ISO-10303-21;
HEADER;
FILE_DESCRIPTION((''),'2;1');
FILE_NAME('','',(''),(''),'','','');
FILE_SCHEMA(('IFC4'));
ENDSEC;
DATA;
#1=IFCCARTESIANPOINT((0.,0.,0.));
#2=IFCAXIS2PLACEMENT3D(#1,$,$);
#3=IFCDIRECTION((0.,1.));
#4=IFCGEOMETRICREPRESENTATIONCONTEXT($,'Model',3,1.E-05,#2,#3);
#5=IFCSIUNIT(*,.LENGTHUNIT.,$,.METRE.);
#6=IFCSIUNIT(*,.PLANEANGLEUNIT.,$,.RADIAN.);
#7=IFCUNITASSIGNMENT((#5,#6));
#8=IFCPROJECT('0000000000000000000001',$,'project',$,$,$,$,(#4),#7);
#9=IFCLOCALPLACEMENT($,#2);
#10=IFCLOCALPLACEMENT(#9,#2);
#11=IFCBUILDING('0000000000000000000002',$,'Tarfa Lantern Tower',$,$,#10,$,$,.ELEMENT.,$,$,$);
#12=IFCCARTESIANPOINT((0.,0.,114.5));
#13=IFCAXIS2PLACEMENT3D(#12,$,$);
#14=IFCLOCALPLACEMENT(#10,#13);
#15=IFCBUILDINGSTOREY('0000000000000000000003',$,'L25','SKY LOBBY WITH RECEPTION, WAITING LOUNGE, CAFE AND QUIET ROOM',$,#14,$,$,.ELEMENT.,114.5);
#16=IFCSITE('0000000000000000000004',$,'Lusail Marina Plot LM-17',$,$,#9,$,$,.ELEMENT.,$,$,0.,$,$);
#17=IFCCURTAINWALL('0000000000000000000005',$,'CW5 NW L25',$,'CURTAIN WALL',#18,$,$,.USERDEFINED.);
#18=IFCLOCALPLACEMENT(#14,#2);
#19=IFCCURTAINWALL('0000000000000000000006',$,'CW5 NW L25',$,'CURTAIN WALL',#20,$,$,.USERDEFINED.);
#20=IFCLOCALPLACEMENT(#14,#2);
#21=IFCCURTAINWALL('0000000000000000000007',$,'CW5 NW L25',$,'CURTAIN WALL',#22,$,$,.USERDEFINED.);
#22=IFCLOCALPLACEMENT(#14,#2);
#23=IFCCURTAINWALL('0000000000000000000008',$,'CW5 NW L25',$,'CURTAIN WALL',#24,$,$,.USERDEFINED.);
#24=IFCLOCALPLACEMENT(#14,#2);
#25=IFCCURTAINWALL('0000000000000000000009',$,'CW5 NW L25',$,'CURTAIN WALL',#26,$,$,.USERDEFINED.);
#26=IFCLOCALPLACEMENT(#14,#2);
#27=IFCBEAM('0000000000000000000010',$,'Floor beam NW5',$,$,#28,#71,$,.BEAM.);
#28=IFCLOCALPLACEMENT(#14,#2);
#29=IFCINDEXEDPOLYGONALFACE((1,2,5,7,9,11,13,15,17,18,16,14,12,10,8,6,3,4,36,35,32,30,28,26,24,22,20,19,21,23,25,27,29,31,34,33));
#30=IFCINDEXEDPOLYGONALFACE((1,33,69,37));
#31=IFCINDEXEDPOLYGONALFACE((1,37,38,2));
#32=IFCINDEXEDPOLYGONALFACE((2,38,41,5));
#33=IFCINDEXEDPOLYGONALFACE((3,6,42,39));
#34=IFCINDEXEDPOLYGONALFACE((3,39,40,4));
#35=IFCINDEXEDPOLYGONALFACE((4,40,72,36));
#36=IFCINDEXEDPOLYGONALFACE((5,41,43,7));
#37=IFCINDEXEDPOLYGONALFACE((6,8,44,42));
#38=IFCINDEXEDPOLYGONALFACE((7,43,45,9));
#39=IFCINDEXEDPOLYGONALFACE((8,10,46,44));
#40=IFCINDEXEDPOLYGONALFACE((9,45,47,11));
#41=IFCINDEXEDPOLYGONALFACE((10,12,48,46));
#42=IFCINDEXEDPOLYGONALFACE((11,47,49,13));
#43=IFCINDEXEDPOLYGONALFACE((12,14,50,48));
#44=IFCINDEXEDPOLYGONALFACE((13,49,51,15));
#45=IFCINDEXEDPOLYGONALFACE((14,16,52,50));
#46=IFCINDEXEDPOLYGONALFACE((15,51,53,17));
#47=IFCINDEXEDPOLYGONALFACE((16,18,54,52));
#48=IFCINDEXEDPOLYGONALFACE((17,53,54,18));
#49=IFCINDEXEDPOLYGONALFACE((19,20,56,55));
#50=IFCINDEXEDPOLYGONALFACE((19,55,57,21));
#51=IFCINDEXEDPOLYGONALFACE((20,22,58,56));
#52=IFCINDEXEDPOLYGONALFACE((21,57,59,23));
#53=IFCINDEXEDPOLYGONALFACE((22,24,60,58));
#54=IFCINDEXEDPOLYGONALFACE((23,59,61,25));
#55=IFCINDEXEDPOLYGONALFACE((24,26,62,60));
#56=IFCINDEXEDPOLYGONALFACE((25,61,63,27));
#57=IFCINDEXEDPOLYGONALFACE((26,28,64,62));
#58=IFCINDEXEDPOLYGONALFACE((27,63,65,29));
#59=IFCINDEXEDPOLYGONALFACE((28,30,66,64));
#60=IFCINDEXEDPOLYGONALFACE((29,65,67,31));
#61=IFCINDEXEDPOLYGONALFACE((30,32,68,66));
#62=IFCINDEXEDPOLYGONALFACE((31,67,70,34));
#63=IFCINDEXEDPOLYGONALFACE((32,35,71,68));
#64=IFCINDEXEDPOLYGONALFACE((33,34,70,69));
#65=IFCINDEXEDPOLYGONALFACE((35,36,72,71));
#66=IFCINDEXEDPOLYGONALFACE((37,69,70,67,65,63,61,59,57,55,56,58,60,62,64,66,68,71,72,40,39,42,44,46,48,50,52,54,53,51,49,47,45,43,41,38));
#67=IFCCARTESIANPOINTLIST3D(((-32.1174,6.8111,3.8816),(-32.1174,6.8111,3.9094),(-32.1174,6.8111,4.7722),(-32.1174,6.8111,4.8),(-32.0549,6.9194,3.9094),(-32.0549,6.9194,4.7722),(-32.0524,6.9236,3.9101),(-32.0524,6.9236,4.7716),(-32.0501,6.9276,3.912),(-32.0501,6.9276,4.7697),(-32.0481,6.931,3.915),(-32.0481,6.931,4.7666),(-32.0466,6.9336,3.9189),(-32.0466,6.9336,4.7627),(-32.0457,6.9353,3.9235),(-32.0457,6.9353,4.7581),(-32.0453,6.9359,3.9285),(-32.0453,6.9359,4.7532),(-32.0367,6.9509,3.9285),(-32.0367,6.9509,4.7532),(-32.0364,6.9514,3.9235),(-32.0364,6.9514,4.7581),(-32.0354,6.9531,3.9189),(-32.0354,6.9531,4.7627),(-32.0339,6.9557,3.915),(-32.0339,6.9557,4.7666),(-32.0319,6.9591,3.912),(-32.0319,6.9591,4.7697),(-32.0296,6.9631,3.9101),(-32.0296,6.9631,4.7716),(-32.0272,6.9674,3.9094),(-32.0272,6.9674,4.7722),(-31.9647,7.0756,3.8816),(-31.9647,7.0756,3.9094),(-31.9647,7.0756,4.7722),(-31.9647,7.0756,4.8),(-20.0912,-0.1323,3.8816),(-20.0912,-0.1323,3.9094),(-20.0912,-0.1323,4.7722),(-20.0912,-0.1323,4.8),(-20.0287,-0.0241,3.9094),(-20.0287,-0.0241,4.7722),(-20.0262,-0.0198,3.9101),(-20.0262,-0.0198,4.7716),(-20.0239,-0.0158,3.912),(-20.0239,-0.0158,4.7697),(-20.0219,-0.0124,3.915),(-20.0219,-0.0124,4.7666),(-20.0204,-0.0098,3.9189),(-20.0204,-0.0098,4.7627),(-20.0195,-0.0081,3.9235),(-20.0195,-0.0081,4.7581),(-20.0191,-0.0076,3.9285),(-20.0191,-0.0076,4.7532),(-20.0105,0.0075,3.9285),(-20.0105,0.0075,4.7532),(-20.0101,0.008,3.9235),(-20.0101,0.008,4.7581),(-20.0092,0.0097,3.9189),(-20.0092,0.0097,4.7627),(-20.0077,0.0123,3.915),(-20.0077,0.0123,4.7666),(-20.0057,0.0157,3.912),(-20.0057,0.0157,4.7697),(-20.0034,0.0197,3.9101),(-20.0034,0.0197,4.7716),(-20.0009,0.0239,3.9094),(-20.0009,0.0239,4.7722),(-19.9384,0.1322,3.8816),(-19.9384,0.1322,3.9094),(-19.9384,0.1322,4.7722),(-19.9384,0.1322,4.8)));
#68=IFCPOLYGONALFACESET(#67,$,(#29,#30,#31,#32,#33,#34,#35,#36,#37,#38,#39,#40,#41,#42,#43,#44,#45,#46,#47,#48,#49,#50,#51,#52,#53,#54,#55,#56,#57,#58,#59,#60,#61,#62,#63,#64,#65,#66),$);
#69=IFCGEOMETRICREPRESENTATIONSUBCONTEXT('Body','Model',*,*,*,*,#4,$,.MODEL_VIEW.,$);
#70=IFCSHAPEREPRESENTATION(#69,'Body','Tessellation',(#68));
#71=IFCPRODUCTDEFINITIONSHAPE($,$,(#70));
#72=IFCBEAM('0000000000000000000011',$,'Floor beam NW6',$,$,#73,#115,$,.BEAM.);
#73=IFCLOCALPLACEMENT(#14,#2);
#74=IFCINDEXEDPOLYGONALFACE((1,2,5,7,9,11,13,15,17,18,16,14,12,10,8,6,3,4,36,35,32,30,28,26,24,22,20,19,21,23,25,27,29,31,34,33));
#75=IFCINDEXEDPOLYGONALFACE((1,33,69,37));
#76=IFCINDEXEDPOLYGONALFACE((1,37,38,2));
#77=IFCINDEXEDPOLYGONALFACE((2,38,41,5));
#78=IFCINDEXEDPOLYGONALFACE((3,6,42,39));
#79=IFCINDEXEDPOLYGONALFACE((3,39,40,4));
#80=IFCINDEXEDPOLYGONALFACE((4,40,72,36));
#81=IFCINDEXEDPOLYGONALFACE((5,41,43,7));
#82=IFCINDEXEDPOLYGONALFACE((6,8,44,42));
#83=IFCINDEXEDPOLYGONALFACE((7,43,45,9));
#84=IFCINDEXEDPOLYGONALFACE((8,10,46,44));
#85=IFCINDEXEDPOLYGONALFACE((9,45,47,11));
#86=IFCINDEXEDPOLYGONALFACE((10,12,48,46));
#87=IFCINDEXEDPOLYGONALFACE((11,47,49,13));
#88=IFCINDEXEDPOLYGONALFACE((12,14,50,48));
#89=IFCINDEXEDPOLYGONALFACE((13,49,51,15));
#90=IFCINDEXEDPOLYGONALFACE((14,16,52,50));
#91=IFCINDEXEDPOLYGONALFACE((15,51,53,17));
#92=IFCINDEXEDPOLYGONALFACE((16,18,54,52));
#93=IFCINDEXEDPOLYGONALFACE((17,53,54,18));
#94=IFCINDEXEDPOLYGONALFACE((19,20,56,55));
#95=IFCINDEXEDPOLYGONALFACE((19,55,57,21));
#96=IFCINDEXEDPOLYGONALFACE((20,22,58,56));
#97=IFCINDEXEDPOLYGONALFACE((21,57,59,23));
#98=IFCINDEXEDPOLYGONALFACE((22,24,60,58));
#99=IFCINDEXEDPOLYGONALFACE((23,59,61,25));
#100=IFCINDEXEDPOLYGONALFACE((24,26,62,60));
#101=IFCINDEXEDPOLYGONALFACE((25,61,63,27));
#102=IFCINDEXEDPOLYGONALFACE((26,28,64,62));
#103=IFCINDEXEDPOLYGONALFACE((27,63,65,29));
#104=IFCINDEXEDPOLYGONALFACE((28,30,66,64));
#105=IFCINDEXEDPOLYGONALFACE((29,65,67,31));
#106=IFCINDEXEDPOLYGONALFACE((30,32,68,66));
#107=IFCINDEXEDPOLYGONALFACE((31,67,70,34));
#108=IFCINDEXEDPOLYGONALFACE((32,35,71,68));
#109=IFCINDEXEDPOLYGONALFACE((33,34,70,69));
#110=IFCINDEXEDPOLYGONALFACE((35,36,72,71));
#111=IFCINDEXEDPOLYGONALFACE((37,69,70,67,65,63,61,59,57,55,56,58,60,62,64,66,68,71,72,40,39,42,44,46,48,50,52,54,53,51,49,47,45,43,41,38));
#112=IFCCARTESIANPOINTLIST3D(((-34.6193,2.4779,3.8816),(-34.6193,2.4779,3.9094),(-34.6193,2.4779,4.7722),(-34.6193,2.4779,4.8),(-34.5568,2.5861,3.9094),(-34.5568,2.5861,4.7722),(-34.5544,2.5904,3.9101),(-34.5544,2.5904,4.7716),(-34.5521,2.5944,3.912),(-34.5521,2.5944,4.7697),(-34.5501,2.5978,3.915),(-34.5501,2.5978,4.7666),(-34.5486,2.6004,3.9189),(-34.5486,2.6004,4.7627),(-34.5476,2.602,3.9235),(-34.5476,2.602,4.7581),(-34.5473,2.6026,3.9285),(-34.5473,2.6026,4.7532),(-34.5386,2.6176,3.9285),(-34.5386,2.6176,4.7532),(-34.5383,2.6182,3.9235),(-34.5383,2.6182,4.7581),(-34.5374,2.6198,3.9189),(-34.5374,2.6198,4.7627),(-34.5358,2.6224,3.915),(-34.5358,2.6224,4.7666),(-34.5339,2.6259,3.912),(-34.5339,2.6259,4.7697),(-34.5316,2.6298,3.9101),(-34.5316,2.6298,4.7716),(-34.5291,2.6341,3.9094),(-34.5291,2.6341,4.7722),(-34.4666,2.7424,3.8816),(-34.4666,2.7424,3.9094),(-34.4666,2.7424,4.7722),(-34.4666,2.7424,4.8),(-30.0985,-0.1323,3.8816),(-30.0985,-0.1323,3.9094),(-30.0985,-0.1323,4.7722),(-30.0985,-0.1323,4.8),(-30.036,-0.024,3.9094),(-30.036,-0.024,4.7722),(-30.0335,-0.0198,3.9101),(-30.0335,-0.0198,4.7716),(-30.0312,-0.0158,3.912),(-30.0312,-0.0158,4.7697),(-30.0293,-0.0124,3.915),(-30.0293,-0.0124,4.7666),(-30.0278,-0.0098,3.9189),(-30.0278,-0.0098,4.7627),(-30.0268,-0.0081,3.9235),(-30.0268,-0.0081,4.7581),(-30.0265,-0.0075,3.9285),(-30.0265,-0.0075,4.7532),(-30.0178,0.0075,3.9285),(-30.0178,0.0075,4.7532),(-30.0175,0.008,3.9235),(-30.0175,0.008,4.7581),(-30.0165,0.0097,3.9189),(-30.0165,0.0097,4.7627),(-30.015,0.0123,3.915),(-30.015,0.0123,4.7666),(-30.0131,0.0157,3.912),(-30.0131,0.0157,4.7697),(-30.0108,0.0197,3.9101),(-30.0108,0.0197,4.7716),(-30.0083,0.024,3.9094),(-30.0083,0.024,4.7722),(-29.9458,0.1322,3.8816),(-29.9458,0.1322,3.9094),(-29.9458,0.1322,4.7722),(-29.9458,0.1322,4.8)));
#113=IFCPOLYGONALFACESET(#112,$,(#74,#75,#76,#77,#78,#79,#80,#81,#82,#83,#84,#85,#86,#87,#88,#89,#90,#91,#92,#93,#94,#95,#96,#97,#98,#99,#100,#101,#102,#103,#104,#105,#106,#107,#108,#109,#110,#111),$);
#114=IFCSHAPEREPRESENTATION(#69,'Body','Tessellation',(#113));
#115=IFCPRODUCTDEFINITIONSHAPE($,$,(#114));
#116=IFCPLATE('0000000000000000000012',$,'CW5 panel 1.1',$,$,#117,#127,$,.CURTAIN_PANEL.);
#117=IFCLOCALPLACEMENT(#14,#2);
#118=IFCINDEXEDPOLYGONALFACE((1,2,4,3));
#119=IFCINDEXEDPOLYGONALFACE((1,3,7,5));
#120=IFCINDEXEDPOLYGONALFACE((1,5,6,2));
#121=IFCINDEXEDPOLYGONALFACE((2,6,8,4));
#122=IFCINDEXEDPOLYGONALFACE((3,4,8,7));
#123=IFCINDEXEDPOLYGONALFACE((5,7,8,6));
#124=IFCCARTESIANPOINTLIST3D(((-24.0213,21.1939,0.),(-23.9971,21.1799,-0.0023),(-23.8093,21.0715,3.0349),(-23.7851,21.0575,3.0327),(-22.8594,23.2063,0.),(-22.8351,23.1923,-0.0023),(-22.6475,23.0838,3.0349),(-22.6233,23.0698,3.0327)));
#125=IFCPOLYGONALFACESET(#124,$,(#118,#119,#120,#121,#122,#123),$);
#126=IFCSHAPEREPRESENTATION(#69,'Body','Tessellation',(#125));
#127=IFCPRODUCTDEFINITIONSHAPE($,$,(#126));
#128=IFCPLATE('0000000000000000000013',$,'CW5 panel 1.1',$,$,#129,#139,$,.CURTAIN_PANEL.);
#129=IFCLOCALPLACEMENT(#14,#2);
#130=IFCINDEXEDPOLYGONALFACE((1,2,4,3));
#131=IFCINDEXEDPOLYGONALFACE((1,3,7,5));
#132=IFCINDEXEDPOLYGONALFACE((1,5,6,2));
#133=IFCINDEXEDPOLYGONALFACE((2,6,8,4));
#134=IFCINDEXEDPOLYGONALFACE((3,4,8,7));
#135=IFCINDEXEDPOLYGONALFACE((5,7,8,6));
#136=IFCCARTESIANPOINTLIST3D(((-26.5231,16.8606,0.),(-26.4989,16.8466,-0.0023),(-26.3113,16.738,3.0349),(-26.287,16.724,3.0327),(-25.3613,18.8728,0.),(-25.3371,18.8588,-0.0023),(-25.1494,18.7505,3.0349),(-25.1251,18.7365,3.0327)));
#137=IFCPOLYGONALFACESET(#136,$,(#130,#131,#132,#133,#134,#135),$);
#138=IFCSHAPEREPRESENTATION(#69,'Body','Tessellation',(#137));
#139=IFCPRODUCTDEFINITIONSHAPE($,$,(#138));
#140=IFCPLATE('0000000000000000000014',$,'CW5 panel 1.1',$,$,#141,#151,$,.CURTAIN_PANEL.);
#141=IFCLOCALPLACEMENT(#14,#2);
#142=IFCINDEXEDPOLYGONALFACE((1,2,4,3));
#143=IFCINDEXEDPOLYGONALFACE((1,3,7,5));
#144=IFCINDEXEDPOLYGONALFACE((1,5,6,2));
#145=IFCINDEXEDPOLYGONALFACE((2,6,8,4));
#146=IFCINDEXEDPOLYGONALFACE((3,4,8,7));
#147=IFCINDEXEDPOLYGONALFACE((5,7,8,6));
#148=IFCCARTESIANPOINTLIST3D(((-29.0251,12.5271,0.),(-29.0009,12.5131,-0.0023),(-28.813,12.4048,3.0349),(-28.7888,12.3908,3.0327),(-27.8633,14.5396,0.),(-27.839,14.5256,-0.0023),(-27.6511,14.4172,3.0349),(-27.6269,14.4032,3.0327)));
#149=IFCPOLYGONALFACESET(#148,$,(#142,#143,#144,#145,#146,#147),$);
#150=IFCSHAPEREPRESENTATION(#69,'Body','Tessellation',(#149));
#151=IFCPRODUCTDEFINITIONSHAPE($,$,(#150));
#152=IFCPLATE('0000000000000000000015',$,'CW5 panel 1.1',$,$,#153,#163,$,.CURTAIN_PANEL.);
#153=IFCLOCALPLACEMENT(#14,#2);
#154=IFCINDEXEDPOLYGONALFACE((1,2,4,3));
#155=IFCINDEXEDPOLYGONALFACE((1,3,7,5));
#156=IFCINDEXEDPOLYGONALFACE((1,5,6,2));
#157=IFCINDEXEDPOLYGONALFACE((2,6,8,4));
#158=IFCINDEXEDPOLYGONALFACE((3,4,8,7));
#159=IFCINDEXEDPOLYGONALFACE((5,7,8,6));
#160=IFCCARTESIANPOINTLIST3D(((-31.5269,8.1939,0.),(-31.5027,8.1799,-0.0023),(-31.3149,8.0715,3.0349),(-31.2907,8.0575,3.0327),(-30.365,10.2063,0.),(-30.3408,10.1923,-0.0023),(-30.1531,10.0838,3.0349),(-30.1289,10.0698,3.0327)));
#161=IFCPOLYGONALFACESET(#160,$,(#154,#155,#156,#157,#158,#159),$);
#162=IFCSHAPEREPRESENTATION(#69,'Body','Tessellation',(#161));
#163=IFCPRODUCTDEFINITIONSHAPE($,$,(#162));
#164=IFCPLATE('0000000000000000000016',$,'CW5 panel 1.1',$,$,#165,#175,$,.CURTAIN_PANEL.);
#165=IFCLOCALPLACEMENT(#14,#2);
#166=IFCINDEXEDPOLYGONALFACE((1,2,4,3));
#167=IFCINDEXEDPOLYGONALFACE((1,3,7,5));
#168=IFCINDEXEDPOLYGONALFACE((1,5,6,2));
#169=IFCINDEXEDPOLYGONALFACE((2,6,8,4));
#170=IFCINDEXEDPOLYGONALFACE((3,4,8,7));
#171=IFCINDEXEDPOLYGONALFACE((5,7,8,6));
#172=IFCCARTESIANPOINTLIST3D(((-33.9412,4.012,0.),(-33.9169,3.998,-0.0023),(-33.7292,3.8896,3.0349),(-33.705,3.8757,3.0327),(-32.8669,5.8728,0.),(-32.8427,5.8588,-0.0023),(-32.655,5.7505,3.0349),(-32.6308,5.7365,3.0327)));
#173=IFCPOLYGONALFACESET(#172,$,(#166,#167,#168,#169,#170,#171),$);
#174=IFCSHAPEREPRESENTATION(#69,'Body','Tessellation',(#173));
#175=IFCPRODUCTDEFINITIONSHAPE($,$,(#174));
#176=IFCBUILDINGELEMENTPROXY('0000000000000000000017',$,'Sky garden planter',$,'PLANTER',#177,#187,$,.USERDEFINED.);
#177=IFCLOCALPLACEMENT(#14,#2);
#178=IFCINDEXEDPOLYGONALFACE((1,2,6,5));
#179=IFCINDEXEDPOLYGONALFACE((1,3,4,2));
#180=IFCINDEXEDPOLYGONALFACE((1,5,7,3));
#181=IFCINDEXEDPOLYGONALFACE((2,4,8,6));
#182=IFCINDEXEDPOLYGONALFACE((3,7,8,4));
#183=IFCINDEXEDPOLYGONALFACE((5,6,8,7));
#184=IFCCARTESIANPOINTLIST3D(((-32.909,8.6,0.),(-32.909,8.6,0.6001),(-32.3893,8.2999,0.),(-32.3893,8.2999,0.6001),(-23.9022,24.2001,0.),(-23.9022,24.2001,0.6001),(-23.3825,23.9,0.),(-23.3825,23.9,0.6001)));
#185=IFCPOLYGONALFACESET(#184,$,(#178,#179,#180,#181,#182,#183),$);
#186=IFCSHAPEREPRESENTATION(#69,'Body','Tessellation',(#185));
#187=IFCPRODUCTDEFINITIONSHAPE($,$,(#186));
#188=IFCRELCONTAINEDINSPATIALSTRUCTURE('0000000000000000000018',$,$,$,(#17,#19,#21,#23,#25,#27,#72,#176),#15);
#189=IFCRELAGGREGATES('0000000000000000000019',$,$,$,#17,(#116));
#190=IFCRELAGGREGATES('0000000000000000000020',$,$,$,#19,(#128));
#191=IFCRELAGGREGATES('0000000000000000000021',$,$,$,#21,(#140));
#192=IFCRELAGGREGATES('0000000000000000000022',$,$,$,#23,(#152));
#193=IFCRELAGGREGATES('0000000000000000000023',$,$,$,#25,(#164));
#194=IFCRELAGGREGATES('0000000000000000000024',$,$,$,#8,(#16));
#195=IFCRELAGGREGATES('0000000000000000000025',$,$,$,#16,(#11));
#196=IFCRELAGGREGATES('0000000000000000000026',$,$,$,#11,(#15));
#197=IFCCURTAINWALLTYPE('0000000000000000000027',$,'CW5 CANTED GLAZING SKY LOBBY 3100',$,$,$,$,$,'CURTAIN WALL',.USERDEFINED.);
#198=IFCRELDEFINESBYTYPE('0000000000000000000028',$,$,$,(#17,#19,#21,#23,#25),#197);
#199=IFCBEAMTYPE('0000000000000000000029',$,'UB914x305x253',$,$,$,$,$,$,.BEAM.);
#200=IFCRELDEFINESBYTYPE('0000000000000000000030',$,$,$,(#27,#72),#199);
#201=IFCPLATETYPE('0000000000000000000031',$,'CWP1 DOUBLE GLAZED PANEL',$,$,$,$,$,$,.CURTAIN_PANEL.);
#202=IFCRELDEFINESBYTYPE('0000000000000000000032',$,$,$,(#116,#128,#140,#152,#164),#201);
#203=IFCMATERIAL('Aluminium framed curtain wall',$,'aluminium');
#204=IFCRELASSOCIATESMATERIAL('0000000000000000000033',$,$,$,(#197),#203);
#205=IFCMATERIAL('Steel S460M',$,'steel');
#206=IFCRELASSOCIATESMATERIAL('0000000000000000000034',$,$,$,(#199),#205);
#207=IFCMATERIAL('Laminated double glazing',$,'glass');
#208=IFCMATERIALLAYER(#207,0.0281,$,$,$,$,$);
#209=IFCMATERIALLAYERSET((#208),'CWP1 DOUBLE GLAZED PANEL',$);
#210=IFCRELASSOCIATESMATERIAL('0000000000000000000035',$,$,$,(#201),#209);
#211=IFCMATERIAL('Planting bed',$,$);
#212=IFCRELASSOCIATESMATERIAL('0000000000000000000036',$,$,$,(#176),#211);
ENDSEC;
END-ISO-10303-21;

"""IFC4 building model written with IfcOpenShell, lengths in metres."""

from ifc_helpers import new_model, si_unit, direction, frame, origin, origin_2d, place, context, subcontext, project, spatial, polyline, rectangle, i_section, outline, extrude, material, layer, layer_set, material_profile, profile_set, type_object, element, aggregate, save


model = new_model("IFC4")

# Units and contexts
model_context = context("Model", 3, precision=1e-05, world=origin(), true_north=direction((0.0, 1.0)))
body_context = subcontext(model_context, "Body", "Model", "MODEL_VIEW")
ifc_project = project(units=[si_unit("LENGTHUNIT", "METRE"), si_unit("PLANEANGLEUNIT", "RADIAN")], contexts=[model_context])

# Site, building, storey
site_placement = place(None, origin())
site = spatial("IfcSite", under=ifc_project, at=site_placement, Name="Lusail Marina Plot LM-17", CompositionType="ELEMENT", RefElevation=0.0)
building_placement = place(site_placement, origin())
building = spatial("IfcBuilding", under=site, at=building_placement, Name="Tarfa Lantern Tower", CompositionType="ELEMENT")
storey_placement = place(building_placement, frame((0.0, 0.0, 114.5)))
storey = spatial("IfcBuildingStorey", under=building, at=storey_placement, Name="L25", Description="SKY LOBBY WITH RECEPTION, WAITING LOUNGE, CAFE AND QUIET ROOM", CompositionType="ELEMENT", Elevation=114.5)

# Shared definitions
ifc_material_1 = material(Name="Aluminium framed curtain wall", Category="aluminium")
curtain_wall_type = type_object("IfcCurtainWallType", Name="CW5 CANTED GLAZING SKY LOBBY 3100", ElementType="CURTAIN WALL", PredefinedType="USERDEFINED", material=ifc_material_1)

# Curtain walls
curtain_wall_1_placement = place(storey_placement, origin())
curtain_wall_1 = element("IfcCurtainWall", 1, at=curtain_wall_1_placement, inside=storey, type_object=curtain_wall_type, Name="CW5 NW L25", ObjectType="CURTAIN WALL", PredefinedType="USERDEFINED")
curtain_wall_2_placement = place(storey_placement, origin())
curtain_wall_2 = element("IfcCurtainWall", 2, at=curtain_wall_2_placement, inside=storey, type_object=curtain_wall_type, Name="CW5 NW L25", ObjectType="CURTAIN WALL", PredefinedType="USERDEFINED")
curtain_wall_3_placement = place(storey_placement, origin())
curtain_wall_3 = element("IfcCurtainWall", 3, at=curtain_wall_3_placement, inside=storey, type_object=curtain_wall_type, Name="CW5 NW L25", ObjectType="CURTAIN WALL", PredefinedType="USERDEFINED")
curtain_wall_4_placement = place(storey_placement, origin())
curtain_wall_4 = element("IfcCurtainWall", 4, at=curtain_wall_4_placement, inside=storey, type_object=curtain_wall_type, Name="CW5 NW L25", ObjectType="CURTAIN WALL", PredefinedType="USERDEFINED")
curtain_wall_5_placement = place(storey_placement, origin())
curtain_wall_5 = element("IfcCurtainWall", 5, at=curtain_wall_5_placement, inside=storey, type_object=curtain_wall_type, Name="CW5 NW L25", ObjectType="CURTAIN WALL", PredefinedType="USERDEFINED")

# Beams
ifc_material_2 = material(Name="Steel S460M", Category="steel")
ifc_material_profile_1 = material_profile(ifc_material_2, i_section(OverallWidth=0.3054, OverallDepth=0.9185, WebThickness=0.0173, FlangeThickness=0.0278, FilletRadius=0.019, at=origin_2d()), Name="UB914x305x253")
ifc_profile_set_1 = profile_set([ifc_material_profile_1], Name="Steel S460M")
beam_type_1 = type_object("IfcBeamType", Name="UB914x305x253", PredefinedType="BEAM", material=ifc_profile_set_1)
beam_1_placement = place(storey_placement, frame((-32.041, 6.9434, 4.3408), z_axis=(0.866023, -0.500004, 0.0), x_axis=(0.500004, 0.866023, 0.0)))
element("IfcBeam", 6, at=beam_1_placement, inside=storey, type_object=beam_type_1, Name="Floor beam NW5", PredefinedType="BEAM", context=body_context, shape_type="SweptSolid", body=[
    extrude(i_section(OverallWidth=0.3054, OverallDepth=0.9185, WebThickness=0.0173, FlangeThickness=0.0278, FilletRadius=0.019, at=origin_2d()), origin(), (0.0, 0.0, 1.0), 13.8867),
])
beam_2_placement = place(storey_placement, frame((-34.543, 2.6101, 4.3408), z_axis=(0.866021, -0.500007, 0.0), x_axis=(0.500007, 0.866021, 0.0)))
element("IfcBeam", 7, at=beam_2_placement, inside=storey, type_object=beam_type_1, Name="Floor beam NW6", PredefinedType="BEAM", context=body_context, shape_type="SweptSolid", body=[
    extrude(i_section(OverallWidth=0.3054, OverallDepth=0.9185, WebThickness=0.0173, FlangeThickness=0.0278, FilletRadius=0.019, at=origin_2d()), origin(), (0.0, 0.0, 1.0), 5.2202),
])

# Plates
ifc_material_3 = material(Name="Laminated double glazing", Category="glass")
ifc_layer = layer(ifc_material_3, 0.0281)
ifc_layer_set = layer_set([ifc_layer], Name="CWP1 DOUBLE GLAZED PANEL")
plate_type = type_object("IfcPlateType", Name="CWP1 DOUBLE GLAZED PANEL", PredefinedType="CURTAIN_PANEL", material=ifc_layer_set)
plate_1_placement = place(storey_placement, frame((-22.8594, 23.2063, 0.0), z_axis=(-0.863214, 0.498397, 0.080381), x_axis=(-0.500015, -0.866017, 0.000002)))
plate_1 = element("IfcPlate", 8, at=plate_1_placement, type_object=plate_type, Name="CW5 panel 1.1", PredefinedType="CURTAIN_PANEL", context=body_context, shape_type="SweptSolid", body=[
    extrude(outline(polyline([(0.0, 0.0), (2.3238, 0.0), (2.3237, 3.0448), (0.0002, 3.0448), (0.0, 0.0)])), origin(), (0.0, 0.0, -1.0), 0.0281),
])
aggregate(curtain_wall_1, [plate_1])
plate_2_placement = place(storey_placement, frame((-25.3613, 18.8728, 0.0), z_axis=(-0.863214, 0.498397, 0.080381), x_axis=(-0.500015, -0.866017, -0.000002)))
plate_2 = element("IfcPlate", 9, at=plate_2_placement, type_object=plate_type, Name="CW5 panel 1.1", PredefinedType="CURTAIN_PANEL", context=body_context, shape_type="SweptSolid", body=[
    extrude(outline(polyline([(0.0, 0.0), (2.3236, 0.0), (2.3237, 3.0448), (0.0, 3.0448), (0.0, 0.0)])), origin(), (0.0, 0.0, -1.0), 0.0281),
])
aggregate(curtain_wall_2, [plate_2])
plate_3_placement = place(storey_placement, frame((-27.8633, 14.5396, 0.0), z_axis=(-0.863224, 0.498372, 0.08043), x_axis=(-0.499992, -0.86603, 0.0)))
plate_3 = element("IfcPlate", 10, at=plate_3_placement, type_object=plate_type, Name="CW5 panel 1.1", PredefinedType="CURTAIN_PANEL", context=body_context, shape_type="SweptSolid", body=[
    extrude(outline(polyline([(0.0, 0.0), (2.3238, 0.0), (2.3236, 3.0448), (-0.0001, 3.0448), (0.0, 0.0)])), origin(), (0.0, 0.0, -1.0), 0.0281),
])
aggregate(curtain_wall_3, [plate_3])
plate_4_placement = place(storey_placement, frame((-30.365, 10.2063, 0.0), z_axis=(-0.863214, 0.498397, 0.080381), x_axis=(-0.500015, -0.866017, 0.000002)))
plate_4 = element("IfcPlate", 11, at=plate_4_placement, type_object=plate_type, Name="CW5 panel 1.1", PredefinedType="CURTAIN_PANEL", context=body_context, shape_type="SweptSolid", body=[
    extrude(outline(polyline([(0.0, 0.0), (2.3238, 0.0), (2.3237, 3.0448), (0.0002, 3.0448), (0.0, 0.0)])), origin(), (0.0, 0.0, -1.0), 0.0281),
])
aggregate(curtain_wall_4, [plate_4])
plate_5_placement = place(storey_placement, frame((-32.8669, 5.8728, 0.0), z_axis=(-0.863252, 0.498335, 0.080361), x_axis=(-0.499952, -0.866053, 0.0)))
plate_5 = element("IfcPlate", 12, at=plate_5_placement, type_object=plate_type, Name="CW5 panel 1.1", PredefinedType="CURTAIN_PANEL", context=body_context, shape_type="SweptSolid", body=[
    extrude(outline(polyline([(0.0, 0.0), (2.1486, 0.0), (2.1486, 3.0448), (0.0, 3.0448), (0.0, 0.0)])), origin(), (0.0, 0.0, -1.0), 0.0281),
])
aggregate(curtain_wall_5, [plate_5])

# Building element proxy
ifc_material_4 = material(Name="Planting bed")
proxy_placement = place(storey_placement, frame((-28.1458, 16.25, 0.0), z_axis=(0.0, 0.0, 1.0), x_axis=(-0.5, -0.866025, 0.0)))
element("IfcBuildingElementProxy", 13, at=proxy_placement, inside=storey, material=ifc_material_4, Name="Sky garden planter", ObjectType="PLANTER", PredefinedType="USERDEFINED", context=body_context, shape_type="SweptSolid", body=[
    extrude(rectangle(XDim=18.0134, YDim=0.6001, at=origin_2d()), origin(), (0.0, 0.0, 1.0), 0.6001),
])

save(model, "model.ifc")
